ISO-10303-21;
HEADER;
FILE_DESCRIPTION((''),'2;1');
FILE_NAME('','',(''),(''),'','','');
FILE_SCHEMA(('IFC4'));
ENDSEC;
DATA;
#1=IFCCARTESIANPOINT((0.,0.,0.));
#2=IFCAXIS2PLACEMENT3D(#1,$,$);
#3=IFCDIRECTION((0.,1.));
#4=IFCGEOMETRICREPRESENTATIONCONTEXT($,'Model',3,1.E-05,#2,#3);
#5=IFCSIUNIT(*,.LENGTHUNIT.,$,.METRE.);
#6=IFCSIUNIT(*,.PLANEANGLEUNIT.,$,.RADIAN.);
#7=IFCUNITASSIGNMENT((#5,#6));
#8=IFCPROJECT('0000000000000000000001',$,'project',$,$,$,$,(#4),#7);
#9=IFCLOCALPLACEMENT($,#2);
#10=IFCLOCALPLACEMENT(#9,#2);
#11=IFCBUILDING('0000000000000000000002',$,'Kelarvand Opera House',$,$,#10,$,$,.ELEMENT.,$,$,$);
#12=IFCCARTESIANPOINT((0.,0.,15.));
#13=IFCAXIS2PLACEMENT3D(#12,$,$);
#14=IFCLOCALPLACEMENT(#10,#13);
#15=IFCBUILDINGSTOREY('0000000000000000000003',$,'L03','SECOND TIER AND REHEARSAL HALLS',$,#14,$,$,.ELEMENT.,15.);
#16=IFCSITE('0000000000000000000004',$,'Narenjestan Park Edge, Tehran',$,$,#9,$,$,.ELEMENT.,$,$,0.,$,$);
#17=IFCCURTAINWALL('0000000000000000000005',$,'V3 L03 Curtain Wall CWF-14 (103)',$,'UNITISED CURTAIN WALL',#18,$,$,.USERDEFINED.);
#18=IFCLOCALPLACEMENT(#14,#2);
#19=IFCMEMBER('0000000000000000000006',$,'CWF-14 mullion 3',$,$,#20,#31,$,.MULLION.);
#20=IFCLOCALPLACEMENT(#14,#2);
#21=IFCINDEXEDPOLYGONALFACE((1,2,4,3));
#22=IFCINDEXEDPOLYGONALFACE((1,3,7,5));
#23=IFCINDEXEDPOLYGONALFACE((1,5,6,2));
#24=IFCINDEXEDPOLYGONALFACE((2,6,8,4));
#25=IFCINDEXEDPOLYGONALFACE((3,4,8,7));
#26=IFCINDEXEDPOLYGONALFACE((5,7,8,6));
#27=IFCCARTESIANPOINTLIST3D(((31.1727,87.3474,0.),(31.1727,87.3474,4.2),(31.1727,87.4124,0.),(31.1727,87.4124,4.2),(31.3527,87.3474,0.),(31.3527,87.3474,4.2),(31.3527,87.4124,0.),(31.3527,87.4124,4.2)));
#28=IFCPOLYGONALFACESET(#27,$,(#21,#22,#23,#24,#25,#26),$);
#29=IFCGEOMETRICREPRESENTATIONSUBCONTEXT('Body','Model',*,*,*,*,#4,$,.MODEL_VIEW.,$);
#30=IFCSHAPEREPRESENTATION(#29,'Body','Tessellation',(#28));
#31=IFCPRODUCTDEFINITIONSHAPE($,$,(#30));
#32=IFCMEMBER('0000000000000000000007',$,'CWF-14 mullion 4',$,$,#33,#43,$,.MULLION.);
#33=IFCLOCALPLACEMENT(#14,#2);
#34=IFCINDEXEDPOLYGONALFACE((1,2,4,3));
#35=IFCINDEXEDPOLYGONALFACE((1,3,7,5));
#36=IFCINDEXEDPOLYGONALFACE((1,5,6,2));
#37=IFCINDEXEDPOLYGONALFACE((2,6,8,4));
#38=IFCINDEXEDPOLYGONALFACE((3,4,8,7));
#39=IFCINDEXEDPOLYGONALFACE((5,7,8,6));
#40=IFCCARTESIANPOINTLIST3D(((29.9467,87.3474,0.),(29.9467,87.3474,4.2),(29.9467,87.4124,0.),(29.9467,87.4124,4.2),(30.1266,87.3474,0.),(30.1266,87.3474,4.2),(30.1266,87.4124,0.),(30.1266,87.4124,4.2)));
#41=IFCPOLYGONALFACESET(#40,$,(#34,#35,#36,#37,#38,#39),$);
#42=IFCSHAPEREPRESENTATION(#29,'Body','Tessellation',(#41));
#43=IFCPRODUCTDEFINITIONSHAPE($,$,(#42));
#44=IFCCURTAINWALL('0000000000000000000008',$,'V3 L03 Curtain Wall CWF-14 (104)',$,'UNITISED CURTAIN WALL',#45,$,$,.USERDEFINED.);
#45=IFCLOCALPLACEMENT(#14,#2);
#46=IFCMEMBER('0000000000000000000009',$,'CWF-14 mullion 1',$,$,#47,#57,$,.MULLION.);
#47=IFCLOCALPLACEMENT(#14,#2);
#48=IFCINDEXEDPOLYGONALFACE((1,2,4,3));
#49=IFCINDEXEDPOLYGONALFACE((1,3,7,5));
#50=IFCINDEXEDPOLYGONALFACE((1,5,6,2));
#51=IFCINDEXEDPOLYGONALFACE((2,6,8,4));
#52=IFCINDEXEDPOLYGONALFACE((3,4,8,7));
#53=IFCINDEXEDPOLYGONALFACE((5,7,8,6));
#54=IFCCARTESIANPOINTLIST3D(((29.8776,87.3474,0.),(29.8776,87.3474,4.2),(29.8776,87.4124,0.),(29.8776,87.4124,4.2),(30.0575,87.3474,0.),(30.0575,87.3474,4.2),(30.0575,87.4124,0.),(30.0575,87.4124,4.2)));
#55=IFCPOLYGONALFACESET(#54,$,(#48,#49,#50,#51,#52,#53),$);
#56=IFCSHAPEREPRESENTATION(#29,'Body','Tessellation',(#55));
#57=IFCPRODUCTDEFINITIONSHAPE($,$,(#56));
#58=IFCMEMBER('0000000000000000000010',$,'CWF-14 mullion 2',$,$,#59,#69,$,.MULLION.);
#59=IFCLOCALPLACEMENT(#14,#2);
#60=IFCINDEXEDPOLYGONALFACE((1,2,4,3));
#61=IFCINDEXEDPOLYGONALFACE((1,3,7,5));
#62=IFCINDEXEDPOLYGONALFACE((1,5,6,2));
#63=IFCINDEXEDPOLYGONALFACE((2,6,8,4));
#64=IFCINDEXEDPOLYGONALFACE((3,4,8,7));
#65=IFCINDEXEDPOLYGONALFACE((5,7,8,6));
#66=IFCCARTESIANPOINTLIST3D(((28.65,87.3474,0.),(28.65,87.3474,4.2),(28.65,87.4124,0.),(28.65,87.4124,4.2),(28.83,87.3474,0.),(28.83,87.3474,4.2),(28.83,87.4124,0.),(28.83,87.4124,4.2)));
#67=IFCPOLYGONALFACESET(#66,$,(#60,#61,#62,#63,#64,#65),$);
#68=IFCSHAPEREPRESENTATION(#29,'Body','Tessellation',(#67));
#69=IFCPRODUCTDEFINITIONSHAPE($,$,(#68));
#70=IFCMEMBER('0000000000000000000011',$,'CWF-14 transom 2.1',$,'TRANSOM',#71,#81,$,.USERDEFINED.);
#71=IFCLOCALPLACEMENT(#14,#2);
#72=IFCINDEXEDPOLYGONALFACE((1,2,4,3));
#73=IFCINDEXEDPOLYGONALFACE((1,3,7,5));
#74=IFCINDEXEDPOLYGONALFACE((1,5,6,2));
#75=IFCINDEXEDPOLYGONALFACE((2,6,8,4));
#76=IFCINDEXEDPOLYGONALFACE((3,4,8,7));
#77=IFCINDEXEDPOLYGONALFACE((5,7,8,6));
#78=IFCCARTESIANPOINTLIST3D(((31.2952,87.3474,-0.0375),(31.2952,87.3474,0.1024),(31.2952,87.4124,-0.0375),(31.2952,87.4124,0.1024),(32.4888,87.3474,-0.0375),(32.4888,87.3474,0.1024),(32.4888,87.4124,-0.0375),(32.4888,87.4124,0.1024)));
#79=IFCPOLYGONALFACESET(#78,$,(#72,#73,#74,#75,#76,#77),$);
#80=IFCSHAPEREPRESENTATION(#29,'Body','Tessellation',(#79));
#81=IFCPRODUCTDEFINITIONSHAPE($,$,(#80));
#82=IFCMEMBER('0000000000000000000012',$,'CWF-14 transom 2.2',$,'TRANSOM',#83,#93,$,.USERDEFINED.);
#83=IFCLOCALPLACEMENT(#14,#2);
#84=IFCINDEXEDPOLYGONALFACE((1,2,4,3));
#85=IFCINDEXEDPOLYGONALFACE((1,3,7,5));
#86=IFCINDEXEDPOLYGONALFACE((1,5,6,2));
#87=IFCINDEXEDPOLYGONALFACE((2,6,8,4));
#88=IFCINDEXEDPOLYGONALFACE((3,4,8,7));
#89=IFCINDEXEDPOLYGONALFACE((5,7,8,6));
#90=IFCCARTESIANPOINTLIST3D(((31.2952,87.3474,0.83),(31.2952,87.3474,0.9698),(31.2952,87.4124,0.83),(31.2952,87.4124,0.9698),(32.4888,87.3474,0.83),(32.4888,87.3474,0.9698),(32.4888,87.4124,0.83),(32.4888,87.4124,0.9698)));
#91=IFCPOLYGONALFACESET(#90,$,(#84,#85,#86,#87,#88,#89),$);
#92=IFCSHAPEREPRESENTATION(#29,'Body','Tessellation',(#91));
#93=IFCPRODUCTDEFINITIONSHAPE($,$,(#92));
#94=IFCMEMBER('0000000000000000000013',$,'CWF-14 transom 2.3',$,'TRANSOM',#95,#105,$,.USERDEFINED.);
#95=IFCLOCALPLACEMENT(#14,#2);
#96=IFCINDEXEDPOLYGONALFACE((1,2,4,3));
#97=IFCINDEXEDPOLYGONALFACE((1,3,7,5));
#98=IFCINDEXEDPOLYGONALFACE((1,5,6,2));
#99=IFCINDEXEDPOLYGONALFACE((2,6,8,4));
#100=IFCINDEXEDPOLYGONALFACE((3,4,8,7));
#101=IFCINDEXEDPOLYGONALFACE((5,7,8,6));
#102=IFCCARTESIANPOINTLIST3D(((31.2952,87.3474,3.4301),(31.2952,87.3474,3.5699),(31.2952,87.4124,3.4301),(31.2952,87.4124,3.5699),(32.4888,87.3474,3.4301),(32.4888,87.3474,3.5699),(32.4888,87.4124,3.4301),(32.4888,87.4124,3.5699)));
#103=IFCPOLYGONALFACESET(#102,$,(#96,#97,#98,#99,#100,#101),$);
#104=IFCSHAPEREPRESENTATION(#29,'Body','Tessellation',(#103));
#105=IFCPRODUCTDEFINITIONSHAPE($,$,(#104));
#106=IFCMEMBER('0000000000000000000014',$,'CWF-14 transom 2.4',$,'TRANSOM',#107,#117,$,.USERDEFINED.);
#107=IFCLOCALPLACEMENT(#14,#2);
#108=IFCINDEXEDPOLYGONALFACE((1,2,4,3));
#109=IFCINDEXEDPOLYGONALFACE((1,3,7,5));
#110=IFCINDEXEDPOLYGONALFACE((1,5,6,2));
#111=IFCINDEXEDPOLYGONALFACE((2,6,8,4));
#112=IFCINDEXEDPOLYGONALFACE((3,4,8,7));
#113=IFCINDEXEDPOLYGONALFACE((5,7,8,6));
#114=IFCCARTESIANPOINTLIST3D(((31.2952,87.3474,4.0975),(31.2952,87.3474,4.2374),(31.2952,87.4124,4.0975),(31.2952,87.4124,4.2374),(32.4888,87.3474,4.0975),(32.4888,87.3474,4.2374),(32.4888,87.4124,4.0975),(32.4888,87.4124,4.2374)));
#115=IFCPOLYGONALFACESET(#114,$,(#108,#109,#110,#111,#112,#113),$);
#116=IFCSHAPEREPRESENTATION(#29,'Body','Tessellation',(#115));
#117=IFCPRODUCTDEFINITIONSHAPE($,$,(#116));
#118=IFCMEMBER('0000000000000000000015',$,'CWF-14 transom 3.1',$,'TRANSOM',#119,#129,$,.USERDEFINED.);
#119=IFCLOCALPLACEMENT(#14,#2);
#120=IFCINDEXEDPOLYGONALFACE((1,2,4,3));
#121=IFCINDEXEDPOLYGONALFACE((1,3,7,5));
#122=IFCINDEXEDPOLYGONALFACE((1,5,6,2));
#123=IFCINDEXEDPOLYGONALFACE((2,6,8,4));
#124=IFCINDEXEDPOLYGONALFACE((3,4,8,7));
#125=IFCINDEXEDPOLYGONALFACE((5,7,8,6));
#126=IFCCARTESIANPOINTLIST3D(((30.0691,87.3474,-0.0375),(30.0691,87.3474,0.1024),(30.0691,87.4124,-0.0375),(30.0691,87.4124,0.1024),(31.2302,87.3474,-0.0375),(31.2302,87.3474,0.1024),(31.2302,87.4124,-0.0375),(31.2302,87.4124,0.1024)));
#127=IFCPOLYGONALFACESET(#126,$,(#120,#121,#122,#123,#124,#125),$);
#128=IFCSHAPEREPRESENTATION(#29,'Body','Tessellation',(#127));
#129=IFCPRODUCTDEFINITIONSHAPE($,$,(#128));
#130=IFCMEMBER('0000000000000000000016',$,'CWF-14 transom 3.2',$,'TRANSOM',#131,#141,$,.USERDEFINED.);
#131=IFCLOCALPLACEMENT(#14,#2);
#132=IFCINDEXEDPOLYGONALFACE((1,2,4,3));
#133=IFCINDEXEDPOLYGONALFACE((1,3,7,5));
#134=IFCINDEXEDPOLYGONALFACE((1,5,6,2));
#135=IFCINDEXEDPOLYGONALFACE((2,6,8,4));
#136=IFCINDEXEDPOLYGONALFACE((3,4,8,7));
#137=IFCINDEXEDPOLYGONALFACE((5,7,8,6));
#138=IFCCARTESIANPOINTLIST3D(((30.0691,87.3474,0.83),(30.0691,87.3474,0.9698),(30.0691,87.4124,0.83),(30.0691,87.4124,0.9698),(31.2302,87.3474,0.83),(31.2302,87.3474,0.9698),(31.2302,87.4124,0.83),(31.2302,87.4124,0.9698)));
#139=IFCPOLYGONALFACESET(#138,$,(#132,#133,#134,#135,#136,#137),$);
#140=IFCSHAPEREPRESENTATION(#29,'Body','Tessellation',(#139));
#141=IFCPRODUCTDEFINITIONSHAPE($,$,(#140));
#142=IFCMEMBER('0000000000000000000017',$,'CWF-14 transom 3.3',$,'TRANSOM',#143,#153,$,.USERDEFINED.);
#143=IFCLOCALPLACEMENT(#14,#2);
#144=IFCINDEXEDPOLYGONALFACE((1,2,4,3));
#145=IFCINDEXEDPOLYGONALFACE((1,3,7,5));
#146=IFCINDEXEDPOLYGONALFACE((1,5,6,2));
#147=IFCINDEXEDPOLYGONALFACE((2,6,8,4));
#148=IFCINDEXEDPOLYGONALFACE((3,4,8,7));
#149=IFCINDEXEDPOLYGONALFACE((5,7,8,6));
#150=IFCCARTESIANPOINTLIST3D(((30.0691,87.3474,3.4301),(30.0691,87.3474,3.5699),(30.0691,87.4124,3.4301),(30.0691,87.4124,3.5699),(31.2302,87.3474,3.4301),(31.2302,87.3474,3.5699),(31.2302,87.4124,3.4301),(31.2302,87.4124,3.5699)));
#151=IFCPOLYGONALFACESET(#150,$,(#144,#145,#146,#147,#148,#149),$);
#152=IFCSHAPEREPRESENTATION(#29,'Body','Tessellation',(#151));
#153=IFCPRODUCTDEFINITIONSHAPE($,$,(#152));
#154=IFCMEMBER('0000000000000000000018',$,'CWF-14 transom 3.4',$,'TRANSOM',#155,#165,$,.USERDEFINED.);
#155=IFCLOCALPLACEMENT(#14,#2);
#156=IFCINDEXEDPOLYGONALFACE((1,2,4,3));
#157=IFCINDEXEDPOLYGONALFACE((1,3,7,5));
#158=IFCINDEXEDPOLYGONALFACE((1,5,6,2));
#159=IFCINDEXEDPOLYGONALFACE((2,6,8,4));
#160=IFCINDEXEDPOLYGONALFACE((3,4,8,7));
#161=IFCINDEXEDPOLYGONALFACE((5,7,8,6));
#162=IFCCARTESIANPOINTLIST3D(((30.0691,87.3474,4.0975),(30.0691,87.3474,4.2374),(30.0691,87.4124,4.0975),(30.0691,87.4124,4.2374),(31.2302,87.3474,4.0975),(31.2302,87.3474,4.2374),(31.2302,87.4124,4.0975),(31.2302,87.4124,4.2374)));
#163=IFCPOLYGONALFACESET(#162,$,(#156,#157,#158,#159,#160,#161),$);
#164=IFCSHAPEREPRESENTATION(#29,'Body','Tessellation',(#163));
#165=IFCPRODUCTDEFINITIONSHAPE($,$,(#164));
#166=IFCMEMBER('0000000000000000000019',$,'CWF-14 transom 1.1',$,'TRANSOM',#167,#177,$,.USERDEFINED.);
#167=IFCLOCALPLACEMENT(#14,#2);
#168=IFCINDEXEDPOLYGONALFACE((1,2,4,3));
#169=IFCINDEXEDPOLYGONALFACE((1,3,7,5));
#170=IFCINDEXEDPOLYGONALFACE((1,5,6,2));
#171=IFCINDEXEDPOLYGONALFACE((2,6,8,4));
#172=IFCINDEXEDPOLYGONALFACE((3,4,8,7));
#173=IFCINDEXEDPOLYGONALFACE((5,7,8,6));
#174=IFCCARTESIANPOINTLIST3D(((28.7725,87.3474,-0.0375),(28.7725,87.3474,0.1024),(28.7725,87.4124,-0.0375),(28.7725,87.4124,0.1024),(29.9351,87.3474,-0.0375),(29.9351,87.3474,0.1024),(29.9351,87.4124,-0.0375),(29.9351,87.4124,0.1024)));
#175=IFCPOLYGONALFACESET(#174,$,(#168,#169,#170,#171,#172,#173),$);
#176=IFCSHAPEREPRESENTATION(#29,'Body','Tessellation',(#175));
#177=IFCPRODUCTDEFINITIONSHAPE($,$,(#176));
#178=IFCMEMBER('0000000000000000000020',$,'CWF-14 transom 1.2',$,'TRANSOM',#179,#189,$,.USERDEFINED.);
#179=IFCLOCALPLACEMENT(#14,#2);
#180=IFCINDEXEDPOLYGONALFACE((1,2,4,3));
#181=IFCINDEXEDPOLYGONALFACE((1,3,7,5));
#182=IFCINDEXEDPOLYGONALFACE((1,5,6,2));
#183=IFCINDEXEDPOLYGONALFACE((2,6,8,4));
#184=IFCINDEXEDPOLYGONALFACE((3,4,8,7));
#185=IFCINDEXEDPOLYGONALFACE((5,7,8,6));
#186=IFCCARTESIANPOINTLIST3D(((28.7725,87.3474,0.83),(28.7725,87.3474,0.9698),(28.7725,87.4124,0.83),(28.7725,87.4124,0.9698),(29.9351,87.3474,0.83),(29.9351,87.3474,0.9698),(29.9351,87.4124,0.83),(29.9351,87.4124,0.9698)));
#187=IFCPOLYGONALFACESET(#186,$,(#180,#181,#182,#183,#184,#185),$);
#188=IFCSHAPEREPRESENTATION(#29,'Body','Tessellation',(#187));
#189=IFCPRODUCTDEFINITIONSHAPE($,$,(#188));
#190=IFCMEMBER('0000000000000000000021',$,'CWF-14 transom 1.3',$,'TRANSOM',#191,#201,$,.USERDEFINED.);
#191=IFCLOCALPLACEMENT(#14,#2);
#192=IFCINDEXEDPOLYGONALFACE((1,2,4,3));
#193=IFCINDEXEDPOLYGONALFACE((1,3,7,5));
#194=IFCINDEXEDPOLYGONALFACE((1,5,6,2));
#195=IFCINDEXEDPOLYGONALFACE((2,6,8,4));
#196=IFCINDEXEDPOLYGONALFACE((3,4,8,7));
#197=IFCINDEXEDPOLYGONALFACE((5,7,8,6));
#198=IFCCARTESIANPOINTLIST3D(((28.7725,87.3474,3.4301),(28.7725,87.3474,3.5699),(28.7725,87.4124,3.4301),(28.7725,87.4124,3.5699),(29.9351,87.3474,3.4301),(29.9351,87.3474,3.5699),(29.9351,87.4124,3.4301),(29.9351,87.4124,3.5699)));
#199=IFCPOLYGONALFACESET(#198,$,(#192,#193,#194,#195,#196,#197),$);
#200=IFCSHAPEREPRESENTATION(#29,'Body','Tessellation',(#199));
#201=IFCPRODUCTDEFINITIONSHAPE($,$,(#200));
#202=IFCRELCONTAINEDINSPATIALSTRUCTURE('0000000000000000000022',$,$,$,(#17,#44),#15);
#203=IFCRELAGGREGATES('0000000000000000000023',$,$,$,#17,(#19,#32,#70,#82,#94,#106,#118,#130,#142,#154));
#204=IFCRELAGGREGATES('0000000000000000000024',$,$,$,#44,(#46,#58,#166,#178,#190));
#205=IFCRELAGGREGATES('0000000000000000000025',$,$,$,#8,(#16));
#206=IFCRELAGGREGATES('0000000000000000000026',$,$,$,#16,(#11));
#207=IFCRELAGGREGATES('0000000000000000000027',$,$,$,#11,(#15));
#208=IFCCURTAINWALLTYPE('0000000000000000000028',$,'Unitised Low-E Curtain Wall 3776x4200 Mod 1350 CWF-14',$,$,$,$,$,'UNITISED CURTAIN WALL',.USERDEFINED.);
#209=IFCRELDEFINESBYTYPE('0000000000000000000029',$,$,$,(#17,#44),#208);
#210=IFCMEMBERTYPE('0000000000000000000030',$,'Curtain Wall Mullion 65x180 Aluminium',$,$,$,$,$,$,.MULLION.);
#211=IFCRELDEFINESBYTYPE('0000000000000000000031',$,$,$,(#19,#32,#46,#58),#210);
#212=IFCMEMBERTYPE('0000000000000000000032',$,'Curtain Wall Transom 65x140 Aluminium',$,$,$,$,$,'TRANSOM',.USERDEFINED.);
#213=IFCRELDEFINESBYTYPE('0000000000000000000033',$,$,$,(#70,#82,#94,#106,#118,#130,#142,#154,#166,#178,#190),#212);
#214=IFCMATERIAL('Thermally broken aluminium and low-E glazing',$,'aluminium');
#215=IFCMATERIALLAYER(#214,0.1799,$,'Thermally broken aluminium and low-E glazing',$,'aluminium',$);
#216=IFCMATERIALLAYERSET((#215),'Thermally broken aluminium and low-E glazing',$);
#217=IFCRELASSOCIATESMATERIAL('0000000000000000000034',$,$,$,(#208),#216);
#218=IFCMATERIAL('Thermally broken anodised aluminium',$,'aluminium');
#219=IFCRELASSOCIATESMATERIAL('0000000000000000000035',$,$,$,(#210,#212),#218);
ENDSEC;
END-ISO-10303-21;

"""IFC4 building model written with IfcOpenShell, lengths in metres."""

from ifc_helpers import new_model, si_unit, direction, frame, origin, origin_2d, place, context, subcontext, project, spatial, rectangle, extrude, material, layer, layer_set, material_profile, profile_set, type_object, element, aggregate, save


model = new_model("IFC4")

# Units and contexts
model_context = context("Model", 3, precision=1e-05, world=origin(), true_north=direction((0.0, 1.0)))
body_context = subcontext(model_context, "Body", "Model", "MODEL_VIEW")
ifc_project = project(units=[si_unit("LENGTHUNIT", "METRE"), si_unit("PLANEANGLEUNIT", "RADIAN")], contexts=[model_context])

# Site, building, storey
site_placement = place(None, origin())
site = spatial("IfcSite", under=ifc_project, at=site_placement, Name="Narenjestan Park Edge, Tehran", CompositionType="ELEMENT", RefElevation=0.0)
building_placement = place(site_placement, origin())
building = spatial("IfcBuilding", under=site, at=building_placement, Name="Kelarvand Opera House", CompositionType="ELEMENT")
storey_placement = place(building_placement, frame((0.0, 0.0, 15.0)))
storey = spatial("IfcBuildingStorey", under=building, at=storey_placement, Name="L03", Description="SECOND TIER AND REHEARSAL HALLS", CompositionType="ELEMENT", Elevation=15.0)

# Curtain walls, members
ifc_material_1 = material(Name="Thermally broken aluminium and low-E glazing", Category="aluminium")
ifc_layer_1 = layer(ifc_material_1, 0.1799, Name="Thermally broken aluminium and low-E glazing", Category="aluminium")
ifc_layer_set_1 = layer_set([ifc_layer_1], Name="Thermally broken aluminium and low-E glazing")
curtain_wall_type = type_object("IfcCurtainWallType", Name="Unitised Low-E Curtain Wall 3776x4200 Mod 1350 CWF-14", ElementType="UNITISED CURTAIN WALL", PredefinedType="USERDEFINED", material=ifc_layer_set_1)
curtain_wall_1_placement = place(storey_placement, origin())
curtain_wall_1 = element("IfcCurtainWall", 1, at=curtain_wall_1_placement, inside=storey, type_object=curtain_wall_type, Name="V3 L03 Curtain Wall CWF-14 (103)", ObjectType="UNITISED CURTAIN WALL", PredefinedType="USERDEFINED")
ifc_material_2 = material(Name="Thermally broken anodised aluminium", Category="aluminium")
ifc_material_profile_1 = material_profile(ifc_material_2, rectangle(XDim=0.0649, YDim=0.1799, at=origin_2d()), Name="ALU MULLION 65x180", Category="aluminium")
ifc_profile_set_1 = profile_set([ifc_material_profile_1], Name="Thermally broken anodised aluminium")
member_type_1 = type_object("IfcMemberType", Name="Curtain Wall Mullion 65x180 Aluminium", PredefinedType="MULLION", material=ifc_profile_set_1)
member_1_placement = place(storey_placement, frame((31.2627, 87.3799, 0.0), z_axis=(0.0, 0.0, 1.0), x_axis=(0.0, -1.0, 0.0)))
member_1 = element("IfcMember", 2, at=member_1_placement, type_object=member_type_1, Name="CWF-14 mullion 3", PredefinedType="MULLION", context=body_context, shape_type="SweptSolid", body=[
    extrude(rectangle(XDim=0.0649, YDim=0.1799, at=origin_2d()), origin(), (0.0, 0.0, 1.0), 4.2),
])
member_2_placement = place(storey_placement, frame((30.0366, 87.3799, 0.0), z_axis=(0.0, 0.0, 1.0), x_axis=(0.0, -1.0, 0.0)))
member_2 = element("IfcMember", 3, at=member_2_placement, type_object=member_type_1, Name="CWF-14 mullion 4", PredefinedType="MULLION", context=body_context, shape_type="SweptSolid", body=[
    extrude(rectangle(XDim=0.0649, YDim=0.1799, at=origin_2d()), origin(), (0.0, 0.0, 1.0), 4.2),
])
curtain_wall_2_placement = place(storey_placement, origin())
curtain_wall_2 = element("IfcCurtainWall", 4, at=curtain_wall_2_placement, inside=storey, type_object=curtain_wall_type, Name="V3 L03 Curtain Wall CWF-14 (104)", ObjectType="UNITISED CURTAIN WALL", PredefinedType="USERDEFINED")
member_3_placement = place(storey_placement, frame((29.9675, 87.3799, 0.0), z_axis=(0.0, 0.0, 1.0), x_axis=(0.0, -1.0, 0.0)))
member_3 = element("IfcMember", 5, at=member_3_placement, type_object=member_type_1, Name="CWF-14 mullion 1", PredefinedType="MULLION", context=body_context, shape_type="SweptSolid", body=[
    extrude(rectangle(XDim=0.0649, YDim=0.1799, at=origin_2d()), origin(), (0.0, 0.0, 1.0), 4.2),
])
member_4_placement = place(storey_placement, frame((28.74, 87.3799, 0.0), z_axis=(0.0, 0.0, 1.0), x_axis=(0.0, -1.0, 0.0)))
member_4 = element("IfcMember", 6, at=member_4_placement, type_object=member_type_1, Name="CWF-14 mullion 2", PredefinedType="MULLION", context=body_context, shape_type="SweptSolid", body=[
    extrude(rectangle(XDim=0.0649, YDim=0.1799, at=origin_2d()), origin(), (0.0, 0.0, 1.0), 4.2),
])

# Members
ifc_material_profile_2 = material_profile(ifc_material_2, rectangle(XDim=0.0649, YDim=0.1399, at=origin_2d()), Name="ALU TRANSOM 65x140", Category="aluminium")
ifc_profile_set_2 = profile_set([ifc_material_profile_2], Name="Thermally broken anodised aluminium")
member_type_2 = type_object("IfcMemberType", Name="Curtain Wall Transom 65x140 Aluminium", ElementType="TRANSOM", PredefinedType="USERDEFINED", material=ifc_profile_set_2)
member_5_placement = place(storey_placement, frame((32.4888, 87.3799, 0.0325), z_axis=(-1.0, 0.0, 0.0), x_axis=(0.0, -1.0, 0.0)))
member_5 = element("IfcMember", 7, at=member_5_placement, type_object=member_type_2, Name="CWF-14 transom 2.1", ObjectType="TRANSOM", PredefinedType="USERDEFINED", context=body_context, shape_type="SweptSolid", body=[
    extrude(rectangle(XDim=0.0649, YDim=0.1399, at=origin_2d()), origin(), (0.0, 0.0, 1.0), 1.1936),
])
member_6_placement = place(storey_placement, frame((32.4888, 87.3799, 0.8999), z_axis=(-1.0, 0.0, 0.0), x_axis=(0.0, -1.0, 0.0)))
member_6 = element("IfcMember", 8, at=member_6_placement, type_object=member_type_2, Name="CWF-14 transom 2.2", ObjectType="TRANSOM", PredefinedType="USERDEFINED", context=body_context, shape_type="SweptSolid", body=[
    extrude(rectangle(XDim=0.0649, YDim=0.1399, at=origin_2d()), origin(), (0.0, 0.0, 1.0), 1.1936),
])
member_7_placement = place(storey_placement, frame((32.4888, 87.3799, 3.5), z_axis=(-1.0, 0.0, 0.0), x_axis=(0.0, -1.0, 0.0)))
member_7 = element("IfcMember", 9, at=member_7_placement, type_object=member_type_2, Name="CWF-14 transom 2.3", ObjectType="TRANSOM", PredefinedType="USERDEFINED", context=body_context, shape_type="SweptSolid", body=[
    extrude(rectangle(XDim=0.0649, YDim=0.1399, at=origin_2d()), origin(), (0.0, 0.0, 1.0), 1.1936),
])
member_8_placement = place(storey_placement, frame((32.4888, 87.3799, 4.1675), z_axis=(-1.0, 0.0, 0.0), x_axis=(0.0, -1.0, 0.0)))
member_8 = element("IfcMember", 10, at=member_8_placement, type_object=member_type_2, Name="CWF-14 transom 2.4", ObjectType="TRANSOM", PredefinedType="USERDEFINED", context=body_context, shape_type="SweptSolid", body=[
    extrude(rectangle(XDim=0.0649, YDim=0.1399, at=origin_2d()), origin(), (0.0, 0.0, 1.0), 1.1936),
])
member_9_placement = place(storey_placement, frame((31.2302, 87.3799, 0.0325), z_axis=(-1.0, 0.0, 0.0), x_axis=(0.0, -1.0, 0.0)))
member_9 = element("IfcMember", 11, at=member_9_placement, type_object=member_type_2, Name="CWF-14 transom 3.1", ObjectType="TRANSOM", PredefinedType="USERDEFINED", context=body_context, shape_type="SweptSolid", body=[
    extrude(rectangle(XDim=0.0649, YDim=0.1399, at=origin_2d()), origin(), (0.0, 0.0, 1.0), 1.1611),
])
member_10_placement = place(storey_placement, frame((31.2302, 87.3799, 0.8999), z_axis=(-1.0, 0.0, 0.0), x_axis=(0.0, -1.0, 0.0)))
member_10 = element("IfcMember", 12, at=member_10_placement, type_object=member_type_2, Name="CWF-14 transom 3.2", ObjectType="TRANSOM", PredefinedType="USERDEFINED", context=body_context, shape_type="SweptSolid", body=[
    extrude(rectangle(XDim=0.0649, YDim=0.1399, at=origin_2d()), origin(), (0.0, 0.0, 1.0), 1.1611),
])
member_11_placement = place(storey_placement, frame((31.2302, 87.3799, 3.5), z_axis=(-1.0, 0.0, 0.0), x_axis=(0.0, -1.0, 0.0)))
member_11 = element("IfcMember", 13, at=member_11_placement, type_object=member_type_2, Name="CWF-14 transom 3.3", ObjectType="TRANSOM", PredefinedType="USERDEFINED", context=body_context, shape_type="SweptSolid", body=[
    extrude(rectangle(XDim=0.0649, YDim=0.1399, at=origin_2d()), origin(), (0.0, 0.0, 1.0), 1.1611),
])
member_12_placement = place(storey_placement, frame((31.2302, 87.3799, 4.1675), z_axis=(-1.0, 0.0, 0.0), x_axis=(0.0, -1.0, 0.0)))
member_12 = element("IfcMember", 14, at=member_12_placement, type_object=member_type_2, Name="CWF-14 transom 3.4", ObjectType="TRANSOM", PredefinedType="USERDEFINED", context=body_context, shape_type="SweptSolid", body=[
    extrude(rectangle(XDim=0.0649, YDim=0.1399, at=origin_2d()), origin(), (0.0, 0.0, 1.0), 1.1611),
])
member_13_placement = place(storey_placement, frame((29.9351, 87.3799, 0.0325), z_axis=(-1.0, 0.0, 0.0), x_axis=(0.0, -1.0, 0.0)))
member_13 = element("IfcMember", 15, at=member_13_placement, type_object=member_type_2, Name="CWF-14 transom 1.1", ObjectType="TRANSOM", PredefinedType="USERDEFINED", context=body_context, shape_type="SweptSolid", body=[
    extrude(rectangle(XDim=0.0649, YDim=0.1399, at=origin_2d()), origin(), (0.0, 0.0, 1.0), 1.1626),
])
member_14_placement = place(storey_placement, frame((29.9351, 87.3799, 0.8999), z_axis=(-1.0, 0.0, 0.0), x_axis=(0.0, -1.0, 0.0)))
member_14 = element("IfcMember", 16, at=member_14_placement, type_object=member_type_2, Name="CWF-14 transom 1.2", ObjectType="TRANSOM", PredefinedType="USERDEFINED", context=body_context, shape_type="SweptSolid", body=[
    extrude(rectangle(XDim=0.0649, YDim=0.1399, at=origin_2d()), origin(), (0.0, 0.0, 1.0), 1.1626),
])
member_15_placement = place(storey_placement, frame((29.9351, 87.3799, 3.5), z_axis=(-1.0, 0.0, 0.0), x_axis=(0.0, -1.0, 0.0)))
member_15 = element("IfcMember", 17, at=member_15_placement, type_object=member_type_2, Name="CWF-14 transom 1.3", ObjectType="TRANSOM", PredefinedType="USERDEFINED", context=body_context, shape_type="SweptSolid", body=[
    extrude(rectangle(XDim=0.0649, YDim=0.1399, at=origin_2d()), origin(), (0.0, 0.0, 1.0), 1.1626),
])

aggregate(curtain_wall_1, [member_1, member_2, member_5, member_6, member_7, member_8, member_9, member_10, member_11, member_12])
aggregate(curtain_wall_2, [member_3, member_4, member_13, member_14, member_15])

save(model, "model.ifc")
